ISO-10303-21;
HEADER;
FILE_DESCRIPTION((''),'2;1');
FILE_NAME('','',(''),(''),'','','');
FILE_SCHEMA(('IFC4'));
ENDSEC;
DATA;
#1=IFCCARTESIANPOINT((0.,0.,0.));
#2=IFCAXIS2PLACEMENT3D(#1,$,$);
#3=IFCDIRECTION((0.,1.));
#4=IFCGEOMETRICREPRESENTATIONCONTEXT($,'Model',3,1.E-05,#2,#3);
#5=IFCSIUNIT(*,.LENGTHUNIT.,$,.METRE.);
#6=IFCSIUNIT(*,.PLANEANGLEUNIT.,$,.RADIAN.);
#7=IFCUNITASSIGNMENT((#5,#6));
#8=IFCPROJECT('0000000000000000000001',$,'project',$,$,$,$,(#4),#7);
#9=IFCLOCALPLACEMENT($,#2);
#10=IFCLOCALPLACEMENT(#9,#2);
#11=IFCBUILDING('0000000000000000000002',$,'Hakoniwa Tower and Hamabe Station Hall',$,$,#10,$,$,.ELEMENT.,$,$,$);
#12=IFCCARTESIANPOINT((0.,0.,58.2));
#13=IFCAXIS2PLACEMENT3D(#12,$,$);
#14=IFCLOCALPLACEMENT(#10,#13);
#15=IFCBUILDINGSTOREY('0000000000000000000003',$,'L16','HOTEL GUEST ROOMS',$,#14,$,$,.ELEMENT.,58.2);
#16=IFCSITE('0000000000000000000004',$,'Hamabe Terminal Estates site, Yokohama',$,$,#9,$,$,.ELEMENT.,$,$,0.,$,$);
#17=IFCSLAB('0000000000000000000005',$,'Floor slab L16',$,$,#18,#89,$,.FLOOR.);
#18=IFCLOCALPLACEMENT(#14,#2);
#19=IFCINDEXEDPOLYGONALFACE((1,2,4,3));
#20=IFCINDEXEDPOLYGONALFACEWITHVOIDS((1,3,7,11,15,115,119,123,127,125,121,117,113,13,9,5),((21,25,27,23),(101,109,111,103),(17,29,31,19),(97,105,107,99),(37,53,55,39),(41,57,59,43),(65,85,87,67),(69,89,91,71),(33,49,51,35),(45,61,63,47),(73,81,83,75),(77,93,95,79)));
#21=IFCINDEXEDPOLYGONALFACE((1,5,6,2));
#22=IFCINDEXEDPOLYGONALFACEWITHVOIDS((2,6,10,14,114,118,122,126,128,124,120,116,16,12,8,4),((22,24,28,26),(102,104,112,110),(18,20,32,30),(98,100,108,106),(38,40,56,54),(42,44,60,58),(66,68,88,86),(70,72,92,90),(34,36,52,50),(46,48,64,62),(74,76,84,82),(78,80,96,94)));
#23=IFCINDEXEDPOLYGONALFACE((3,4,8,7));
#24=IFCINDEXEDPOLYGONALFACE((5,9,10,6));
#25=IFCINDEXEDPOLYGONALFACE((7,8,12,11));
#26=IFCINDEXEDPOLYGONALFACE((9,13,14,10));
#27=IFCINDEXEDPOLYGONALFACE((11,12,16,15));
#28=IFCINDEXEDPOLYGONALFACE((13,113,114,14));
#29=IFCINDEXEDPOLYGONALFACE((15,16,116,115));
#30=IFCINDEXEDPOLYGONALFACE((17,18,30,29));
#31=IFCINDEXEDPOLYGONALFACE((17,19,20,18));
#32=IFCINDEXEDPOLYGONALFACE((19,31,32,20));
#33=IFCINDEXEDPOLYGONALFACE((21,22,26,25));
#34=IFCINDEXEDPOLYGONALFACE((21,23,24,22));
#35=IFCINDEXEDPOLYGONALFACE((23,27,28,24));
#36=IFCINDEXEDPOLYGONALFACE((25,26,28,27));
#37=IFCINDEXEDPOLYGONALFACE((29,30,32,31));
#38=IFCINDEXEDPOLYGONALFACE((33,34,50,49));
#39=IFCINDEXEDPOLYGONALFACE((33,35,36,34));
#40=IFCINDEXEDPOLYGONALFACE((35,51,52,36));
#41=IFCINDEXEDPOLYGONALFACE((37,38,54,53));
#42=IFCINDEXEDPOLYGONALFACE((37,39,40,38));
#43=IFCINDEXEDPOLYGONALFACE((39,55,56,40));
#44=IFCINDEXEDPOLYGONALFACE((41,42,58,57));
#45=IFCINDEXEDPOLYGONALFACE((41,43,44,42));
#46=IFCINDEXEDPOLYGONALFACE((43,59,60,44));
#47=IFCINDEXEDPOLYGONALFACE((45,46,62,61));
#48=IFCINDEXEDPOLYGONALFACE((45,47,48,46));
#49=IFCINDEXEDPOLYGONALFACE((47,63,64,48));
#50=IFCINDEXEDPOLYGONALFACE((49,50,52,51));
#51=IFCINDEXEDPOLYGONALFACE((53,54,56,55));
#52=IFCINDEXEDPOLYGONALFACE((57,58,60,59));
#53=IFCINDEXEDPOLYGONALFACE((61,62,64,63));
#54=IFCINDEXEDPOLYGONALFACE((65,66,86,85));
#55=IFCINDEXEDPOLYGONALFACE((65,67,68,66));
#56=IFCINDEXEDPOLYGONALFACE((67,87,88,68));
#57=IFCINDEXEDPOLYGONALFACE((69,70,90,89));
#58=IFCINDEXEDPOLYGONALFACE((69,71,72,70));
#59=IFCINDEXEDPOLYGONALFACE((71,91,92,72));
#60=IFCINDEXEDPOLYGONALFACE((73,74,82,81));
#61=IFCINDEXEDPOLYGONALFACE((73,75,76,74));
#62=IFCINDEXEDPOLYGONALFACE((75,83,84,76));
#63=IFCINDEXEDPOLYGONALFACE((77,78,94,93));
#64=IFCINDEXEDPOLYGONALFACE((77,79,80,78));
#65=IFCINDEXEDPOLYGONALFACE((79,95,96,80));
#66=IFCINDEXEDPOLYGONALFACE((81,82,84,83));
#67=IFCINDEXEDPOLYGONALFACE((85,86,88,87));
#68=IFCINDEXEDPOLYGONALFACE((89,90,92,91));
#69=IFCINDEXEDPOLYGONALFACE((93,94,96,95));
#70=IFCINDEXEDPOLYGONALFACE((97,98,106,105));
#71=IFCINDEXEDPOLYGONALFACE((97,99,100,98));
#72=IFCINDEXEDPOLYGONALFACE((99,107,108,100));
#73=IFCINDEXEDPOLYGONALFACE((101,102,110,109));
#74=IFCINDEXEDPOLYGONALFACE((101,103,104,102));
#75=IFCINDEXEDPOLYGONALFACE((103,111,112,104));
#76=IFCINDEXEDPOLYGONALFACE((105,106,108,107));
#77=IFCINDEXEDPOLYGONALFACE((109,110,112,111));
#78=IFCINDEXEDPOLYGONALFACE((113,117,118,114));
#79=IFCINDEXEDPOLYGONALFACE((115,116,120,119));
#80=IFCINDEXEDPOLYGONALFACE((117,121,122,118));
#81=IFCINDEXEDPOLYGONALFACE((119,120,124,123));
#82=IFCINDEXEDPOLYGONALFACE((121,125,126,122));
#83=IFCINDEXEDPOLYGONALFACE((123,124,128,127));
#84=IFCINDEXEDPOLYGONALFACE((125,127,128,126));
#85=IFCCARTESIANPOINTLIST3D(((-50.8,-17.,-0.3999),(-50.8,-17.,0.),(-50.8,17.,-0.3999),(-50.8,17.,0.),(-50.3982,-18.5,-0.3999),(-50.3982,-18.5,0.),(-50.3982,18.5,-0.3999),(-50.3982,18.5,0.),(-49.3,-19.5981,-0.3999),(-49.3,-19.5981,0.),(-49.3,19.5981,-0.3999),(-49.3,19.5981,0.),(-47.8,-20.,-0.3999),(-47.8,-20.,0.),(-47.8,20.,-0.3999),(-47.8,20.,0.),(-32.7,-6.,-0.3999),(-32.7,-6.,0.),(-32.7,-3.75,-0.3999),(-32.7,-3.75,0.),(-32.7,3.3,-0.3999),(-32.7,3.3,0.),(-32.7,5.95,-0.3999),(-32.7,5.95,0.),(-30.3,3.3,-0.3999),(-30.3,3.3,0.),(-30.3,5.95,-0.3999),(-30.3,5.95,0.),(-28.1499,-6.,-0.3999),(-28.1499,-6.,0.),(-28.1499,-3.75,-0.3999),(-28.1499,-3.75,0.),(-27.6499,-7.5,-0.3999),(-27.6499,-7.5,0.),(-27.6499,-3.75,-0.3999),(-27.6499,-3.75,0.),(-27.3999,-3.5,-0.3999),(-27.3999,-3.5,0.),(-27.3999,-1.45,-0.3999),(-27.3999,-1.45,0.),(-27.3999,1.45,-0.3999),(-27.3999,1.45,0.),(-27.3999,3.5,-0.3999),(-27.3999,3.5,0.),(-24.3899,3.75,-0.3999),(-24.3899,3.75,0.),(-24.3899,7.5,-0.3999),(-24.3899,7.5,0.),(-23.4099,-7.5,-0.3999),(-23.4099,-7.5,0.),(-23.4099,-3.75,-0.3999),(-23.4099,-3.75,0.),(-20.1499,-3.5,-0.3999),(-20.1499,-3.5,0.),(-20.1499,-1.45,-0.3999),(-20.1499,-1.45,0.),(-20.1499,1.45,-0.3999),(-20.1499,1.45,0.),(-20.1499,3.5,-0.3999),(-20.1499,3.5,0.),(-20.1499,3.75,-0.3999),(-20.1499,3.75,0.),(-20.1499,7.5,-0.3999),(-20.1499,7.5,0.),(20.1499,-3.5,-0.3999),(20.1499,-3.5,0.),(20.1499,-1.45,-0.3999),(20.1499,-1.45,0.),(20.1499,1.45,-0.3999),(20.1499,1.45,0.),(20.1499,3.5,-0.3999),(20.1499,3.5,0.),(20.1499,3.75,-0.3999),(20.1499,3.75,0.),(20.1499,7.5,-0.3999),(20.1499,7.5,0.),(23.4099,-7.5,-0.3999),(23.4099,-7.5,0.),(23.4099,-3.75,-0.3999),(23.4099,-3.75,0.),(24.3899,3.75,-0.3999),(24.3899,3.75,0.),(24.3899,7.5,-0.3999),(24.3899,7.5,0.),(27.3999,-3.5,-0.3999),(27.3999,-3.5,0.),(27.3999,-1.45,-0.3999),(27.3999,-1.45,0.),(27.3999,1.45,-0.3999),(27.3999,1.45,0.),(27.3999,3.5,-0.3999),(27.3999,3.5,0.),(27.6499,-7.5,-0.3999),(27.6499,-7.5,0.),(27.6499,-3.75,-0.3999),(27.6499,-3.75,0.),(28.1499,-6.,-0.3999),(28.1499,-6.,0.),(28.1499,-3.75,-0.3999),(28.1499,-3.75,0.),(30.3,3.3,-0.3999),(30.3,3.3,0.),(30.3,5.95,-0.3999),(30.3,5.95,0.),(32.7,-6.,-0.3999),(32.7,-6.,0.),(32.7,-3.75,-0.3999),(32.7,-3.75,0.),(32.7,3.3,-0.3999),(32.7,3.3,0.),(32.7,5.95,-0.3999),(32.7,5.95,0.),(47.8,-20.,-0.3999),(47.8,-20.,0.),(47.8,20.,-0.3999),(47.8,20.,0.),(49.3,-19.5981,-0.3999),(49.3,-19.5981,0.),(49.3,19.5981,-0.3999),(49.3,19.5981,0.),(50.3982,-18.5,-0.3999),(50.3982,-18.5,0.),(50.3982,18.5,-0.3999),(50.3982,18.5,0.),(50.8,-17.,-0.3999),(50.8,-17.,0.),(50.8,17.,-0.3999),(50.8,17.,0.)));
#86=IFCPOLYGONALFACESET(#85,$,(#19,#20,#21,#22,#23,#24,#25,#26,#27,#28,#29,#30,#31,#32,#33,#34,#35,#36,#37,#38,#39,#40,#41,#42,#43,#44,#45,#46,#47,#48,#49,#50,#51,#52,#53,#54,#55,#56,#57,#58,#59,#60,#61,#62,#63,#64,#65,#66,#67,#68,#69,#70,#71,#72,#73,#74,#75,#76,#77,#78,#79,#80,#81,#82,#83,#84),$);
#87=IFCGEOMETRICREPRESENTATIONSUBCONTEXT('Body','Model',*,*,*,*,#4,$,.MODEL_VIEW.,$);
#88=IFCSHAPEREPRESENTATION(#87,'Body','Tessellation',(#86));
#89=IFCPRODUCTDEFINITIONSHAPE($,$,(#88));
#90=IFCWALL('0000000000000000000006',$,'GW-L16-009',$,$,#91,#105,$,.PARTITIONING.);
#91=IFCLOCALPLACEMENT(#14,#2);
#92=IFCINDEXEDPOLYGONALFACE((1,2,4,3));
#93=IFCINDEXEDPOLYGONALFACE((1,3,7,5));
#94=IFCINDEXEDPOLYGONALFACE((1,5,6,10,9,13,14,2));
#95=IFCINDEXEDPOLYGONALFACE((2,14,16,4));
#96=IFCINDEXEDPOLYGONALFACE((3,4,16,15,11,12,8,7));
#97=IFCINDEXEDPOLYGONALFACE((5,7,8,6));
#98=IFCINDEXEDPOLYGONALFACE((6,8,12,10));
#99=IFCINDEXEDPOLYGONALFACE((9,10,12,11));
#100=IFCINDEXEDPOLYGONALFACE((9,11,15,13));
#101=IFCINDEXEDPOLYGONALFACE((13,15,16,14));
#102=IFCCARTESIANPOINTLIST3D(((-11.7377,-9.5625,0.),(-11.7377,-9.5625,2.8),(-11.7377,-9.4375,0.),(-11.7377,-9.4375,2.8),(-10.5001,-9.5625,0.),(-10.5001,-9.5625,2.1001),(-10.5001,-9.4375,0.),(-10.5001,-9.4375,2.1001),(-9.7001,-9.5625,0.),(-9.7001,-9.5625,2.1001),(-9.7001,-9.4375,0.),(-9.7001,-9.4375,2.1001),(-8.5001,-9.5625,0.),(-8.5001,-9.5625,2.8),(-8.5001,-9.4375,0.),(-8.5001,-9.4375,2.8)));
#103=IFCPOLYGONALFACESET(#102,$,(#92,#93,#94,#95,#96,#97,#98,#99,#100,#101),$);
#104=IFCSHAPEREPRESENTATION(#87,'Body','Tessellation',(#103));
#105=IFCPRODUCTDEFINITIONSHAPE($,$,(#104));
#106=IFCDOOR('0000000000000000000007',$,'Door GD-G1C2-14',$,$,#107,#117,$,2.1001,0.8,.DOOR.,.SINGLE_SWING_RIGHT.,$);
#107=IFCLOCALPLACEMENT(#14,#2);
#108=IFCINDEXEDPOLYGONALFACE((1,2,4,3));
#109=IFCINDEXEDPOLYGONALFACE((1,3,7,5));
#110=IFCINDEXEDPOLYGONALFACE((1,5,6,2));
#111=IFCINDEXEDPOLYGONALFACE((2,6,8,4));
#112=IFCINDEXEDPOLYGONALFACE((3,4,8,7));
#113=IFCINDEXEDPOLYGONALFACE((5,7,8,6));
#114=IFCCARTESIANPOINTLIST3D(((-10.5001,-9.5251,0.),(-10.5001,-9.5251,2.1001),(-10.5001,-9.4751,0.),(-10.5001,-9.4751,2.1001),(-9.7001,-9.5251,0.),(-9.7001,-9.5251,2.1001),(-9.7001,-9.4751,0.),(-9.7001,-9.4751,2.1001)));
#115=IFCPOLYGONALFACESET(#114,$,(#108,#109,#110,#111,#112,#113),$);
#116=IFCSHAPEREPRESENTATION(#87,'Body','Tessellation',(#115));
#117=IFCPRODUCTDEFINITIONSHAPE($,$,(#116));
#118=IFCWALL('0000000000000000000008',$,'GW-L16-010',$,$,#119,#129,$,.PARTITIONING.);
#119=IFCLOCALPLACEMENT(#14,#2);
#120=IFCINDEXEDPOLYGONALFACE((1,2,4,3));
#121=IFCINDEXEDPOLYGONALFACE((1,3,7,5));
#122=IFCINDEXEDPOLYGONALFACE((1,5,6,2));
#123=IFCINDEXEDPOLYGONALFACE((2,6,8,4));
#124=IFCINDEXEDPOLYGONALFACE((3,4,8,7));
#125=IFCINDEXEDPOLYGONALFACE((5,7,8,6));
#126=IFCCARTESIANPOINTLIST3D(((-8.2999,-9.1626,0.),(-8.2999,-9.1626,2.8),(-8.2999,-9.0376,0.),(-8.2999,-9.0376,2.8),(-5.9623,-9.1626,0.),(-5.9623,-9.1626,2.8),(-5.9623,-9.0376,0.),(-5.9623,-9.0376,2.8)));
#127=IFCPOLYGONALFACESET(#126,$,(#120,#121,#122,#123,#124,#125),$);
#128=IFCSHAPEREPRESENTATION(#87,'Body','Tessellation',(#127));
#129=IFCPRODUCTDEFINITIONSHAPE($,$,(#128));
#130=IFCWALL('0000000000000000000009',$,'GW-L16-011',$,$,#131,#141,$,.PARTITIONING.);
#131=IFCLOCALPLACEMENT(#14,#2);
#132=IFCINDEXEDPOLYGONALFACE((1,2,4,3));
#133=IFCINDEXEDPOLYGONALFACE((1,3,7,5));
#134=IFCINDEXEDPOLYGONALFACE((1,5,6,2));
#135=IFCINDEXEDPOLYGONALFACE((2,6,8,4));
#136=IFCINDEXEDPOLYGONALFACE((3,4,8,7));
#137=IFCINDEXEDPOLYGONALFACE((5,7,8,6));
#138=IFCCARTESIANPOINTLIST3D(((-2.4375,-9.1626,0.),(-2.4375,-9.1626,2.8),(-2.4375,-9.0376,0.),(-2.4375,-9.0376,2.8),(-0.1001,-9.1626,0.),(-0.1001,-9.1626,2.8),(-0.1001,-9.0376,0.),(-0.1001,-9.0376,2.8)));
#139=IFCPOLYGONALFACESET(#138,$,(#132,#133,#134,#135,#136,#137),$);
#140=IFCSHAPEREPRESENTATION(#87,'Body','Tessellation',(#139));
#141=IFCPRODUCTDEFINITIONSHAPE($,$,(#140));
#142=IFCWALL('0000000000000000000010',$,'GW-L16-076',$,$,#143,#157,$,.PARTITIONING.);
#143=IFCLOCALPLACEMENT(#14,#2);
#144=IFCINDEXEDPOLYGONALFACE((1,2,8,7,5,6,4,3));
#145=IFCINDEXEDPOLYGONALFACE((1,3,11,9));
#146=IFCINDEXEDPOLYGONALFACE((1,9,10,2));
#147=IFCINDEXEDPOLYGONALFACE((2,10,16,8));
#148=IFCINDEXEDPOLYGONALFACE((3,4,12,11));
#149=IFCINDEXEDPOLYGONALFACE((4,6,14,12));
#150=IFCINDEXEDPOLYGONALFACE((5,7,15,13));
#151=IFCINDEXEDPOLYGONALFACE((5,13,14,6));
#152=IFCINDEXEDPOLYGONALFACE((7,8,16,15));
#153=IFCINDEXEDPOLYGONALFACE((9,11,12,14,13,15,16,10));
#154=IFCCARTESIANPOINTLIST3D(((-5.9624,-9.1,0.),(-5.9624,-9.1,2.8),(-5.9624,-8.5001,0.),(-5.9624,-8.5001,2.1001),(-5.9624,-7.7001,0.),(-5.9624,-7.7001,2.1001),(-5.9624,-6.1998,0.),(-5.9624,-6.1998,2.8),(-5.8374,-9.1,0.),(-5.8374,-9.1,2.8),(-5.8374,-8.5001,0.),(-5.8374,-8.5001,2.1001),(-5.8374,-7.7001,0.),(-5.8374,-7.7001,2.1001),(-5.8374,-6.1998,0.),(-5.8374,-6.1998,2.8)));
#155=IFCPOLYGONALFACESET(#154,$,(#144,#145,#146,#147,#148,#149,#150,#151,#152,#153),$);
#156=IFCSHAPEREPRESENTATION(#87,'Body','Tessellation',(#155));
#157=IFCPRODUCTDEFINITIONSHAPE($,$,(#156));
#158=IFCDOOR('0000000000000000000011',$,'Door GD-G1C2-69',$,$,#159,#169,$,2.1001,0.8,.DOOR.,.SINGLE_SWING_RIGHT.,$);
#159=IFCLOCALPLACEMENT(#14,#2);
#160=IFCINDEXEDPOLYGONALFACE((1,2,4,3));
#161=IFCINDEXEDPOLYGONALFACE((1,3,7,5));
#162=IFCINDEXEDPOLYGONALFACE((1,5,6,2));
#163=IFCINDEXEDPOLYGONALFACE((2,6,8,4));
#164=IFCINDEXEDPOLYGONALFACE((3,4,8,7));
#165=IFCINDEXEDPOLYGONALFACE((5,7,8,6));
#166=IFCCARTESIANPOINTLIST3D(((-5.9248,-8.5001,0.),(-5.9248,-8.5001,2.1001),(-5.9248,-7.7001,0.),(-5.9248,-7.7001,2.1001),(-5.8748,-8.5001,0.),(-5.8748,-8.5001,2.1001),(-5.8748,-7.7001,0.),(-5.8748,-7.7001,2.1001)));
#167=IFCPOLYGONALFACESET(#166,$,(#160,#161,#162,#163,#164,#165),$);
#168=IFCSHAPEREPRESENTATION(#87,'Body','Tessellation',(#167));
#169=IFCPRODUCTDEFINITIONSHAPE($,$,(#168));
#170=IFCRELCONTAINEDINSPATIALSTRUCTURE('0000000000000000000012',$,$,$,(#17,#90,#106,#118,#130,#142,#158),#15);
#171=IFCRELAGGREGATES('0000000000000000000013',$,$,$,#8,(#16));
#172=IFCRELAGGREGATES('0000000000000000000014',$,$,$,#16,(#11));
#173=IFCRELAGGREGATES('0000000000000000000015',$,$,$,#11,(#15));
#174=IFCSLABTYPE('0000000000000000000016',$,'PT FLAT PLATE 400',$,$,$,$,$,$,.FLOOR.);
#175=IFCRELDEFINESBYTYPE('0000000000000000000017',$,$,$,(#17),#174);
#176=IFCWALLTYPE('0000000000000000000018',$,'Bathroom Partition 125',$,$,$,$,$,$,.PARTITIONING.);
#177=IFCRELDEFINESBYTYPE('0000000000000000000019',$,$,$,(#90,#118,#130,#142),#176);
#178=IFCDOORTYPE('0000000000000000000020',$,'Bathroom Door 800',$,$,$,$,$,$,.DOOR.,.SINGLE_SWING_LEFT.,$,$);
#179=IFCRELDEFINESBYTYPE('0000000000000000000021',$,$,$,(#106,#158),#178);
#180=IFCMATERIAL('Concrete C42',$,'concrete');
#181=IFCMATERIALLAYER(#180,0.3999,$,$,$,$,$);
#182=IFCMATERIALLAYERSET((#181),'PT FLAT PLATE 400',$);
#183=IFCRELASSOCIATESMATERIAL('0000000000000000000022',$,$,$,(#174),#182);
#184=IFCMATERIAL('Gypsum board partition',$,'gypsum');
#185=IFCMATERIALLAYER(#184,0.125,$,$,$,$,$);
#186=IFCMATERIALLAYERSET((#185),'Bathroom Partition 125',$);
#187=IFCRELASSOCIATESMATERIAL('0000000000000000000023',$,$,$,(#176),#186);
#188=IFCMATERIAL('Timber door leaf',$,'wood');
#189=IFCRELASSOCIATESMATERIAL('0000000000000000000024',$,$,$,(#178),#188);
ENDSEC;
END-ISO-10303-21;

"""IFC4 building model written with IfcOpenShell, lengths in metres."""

from ifc_helpers import new_model, si_unit, direction, frame, frame_2d, origin, place, context, subcontext, project, spatial, polyline, rectangle, outline, extrude, material, layer, layer_set, type_object, element, fill, save


model = new_model("IFC4")

# Units and contexts
model_context = context("Model", 3, precision=1e-05, world=origin(), true_north=direction((0.0, 1.0)))
body_context = subcontext(model_context, "Body", "Model", "MODEL_VIEW")
ifc_project = project(units=[si_unit("LENGTHUNIT", "METRE"), si_unit("PLANEANGLEUNIT", "RADIAN")], contexts=[model_context])

# Site, building, storey
site_placement = place(None, origin())
site = spatial("IfcSite", under=ifc_project, at=site_placement, Name="Hamabe Terminal Estates site, Yokohama", CompositionType="ELEMENT", RefElevation=0.0)
building_placement = place(site_placement, origin())
building = spatial("IfcBuilding", under=site, at=building_placement, Name="Hakoniwa Tower and Hamabe Station Hall", CompositionType="ELEMENT")
storey_placement = place(building_placement, frame((0.0, 0.0, 58.2)))
storey = spatial("IfcBuildingStorey", under=building, at=storey_placement, Name="L16", Description="HOTEL GUEST ROOMS", CompositionType="ELEMENT", Elevation=58.2)

# Slab
ifc_material_1 = material(Name="Concrete C42", Category="concrete")
ifc_layer_1 = layer(ifc_material_1, 0.3999)
ifc_layer_set_1 = layer_set([ifc_layer_1], Name="PT FLAT PLATE 400")
slab_type = type_object("IfcSlabType", Name="PT FLAT PLATE 400", PredefinedType="FLOOR", material=ifc_layer_set_1)
slab_placement = place(storey_placement, frame((0.0, 0.0, -0.3999)))
element("IfcSlab", 1, at=slab_placement, inside=storey, type_object=slab_type, Name="Floor slab L16", PredefinedType="FLOOR", context=body_context, shape_type="SweptSolid", body=[
    extrude(outline(polyline([(50.8, -17.0), (50.8, 17.0), (50.3982, 18.5), (49.3, 19.5981), (47.8, 20.0), (-47.8, 20.0), (-49.3, 19.5981), (-50.3982, 18.5), (-50.8, 17.0), (-50.8, -17.0), (-50.3982, -18.5), (-49.3, -19.5981), (-47.8, -20.0), (47.8, -20.0), (49.3, -19.5981), (50.3982, -18.5), (50.8, -17.0)]), holes=[polyline([(-27.3999, 1.45), (-27.3999, 3.5), (-20.1499, 3.5), (-20.1499, 1.45), (-27.3999, 1.45)]), polyline([(-27.3999, -3.5), (-27.3999, -1.45), (-20.1499, -1.45), (-20.1499, -3.5), (-27.3999, -3.5)]), polyline([(-32.7, 3.3), (-32.7, 5.95), (-30.3, 5.95), (-30.3, 3.3), (-32.7, 3.3)]), polyline([(-32.7, -6.0), (-32.7, -3.75), (-28.1499, -3.75), (-28.1499, -6.0), (-32.7, -6.0)]), polyline([(-24.3899, 3.75), (-24.3899, 7.5), (-20.1499, 7.5), (-20.1499, 3.75), (-24.3899, 3.75)]), polyline([(-27.6499, -7.5), (-27.6499, -3.75), (-23.4099, -3.75), (-23.4099, -7.5), (-27.6499, -7.5)]), polyline([(20.1499, 1.45), (20.1499, 3.5), (27.3999, 3.5), (27.3999, 1.45), (20.1499, 1.45)]), polyline([(20.1499, -3.5), (20.1499, -1.45), (27.3999, -1.45), (27.3999, -3.5), (20.1499, -3.5)]), polyline([(30.3, 3.3), (30.3, 5.95), (32.7, 5.95), (32.7, 3.3), (30.3, 3.3)]), polyline([(28.1499, -6.0), (28.1499, -3.75), (32.7, -3.75), (32.7, -6.0), (28.1499, -6.0)]), polyline([(20.1499, 3.75), (20.1499, 7.5), (24.3899, 7.5), (24.3899, 3.75), (20.1499, 3.75)]), polyline([(23.4099, -7.5), (23.4099, -3.75), (27.6499, -3.75), (27.6499, -7.5), (23.4099, -7.5)])]), origin(), (0.0, 0.0, 1.0), 0.3999),
])

# Wall, opening, door
ifc_material_2 = material(Name="Gypsum board partition", Category="gypsum")
ifc_layer_2 = layer(ifc_material_2, 0.125)
ifc_layer_set_2 = layer_set([ifc_layer_2], Name="Bathroom Partition 125")
wall_type_1 = type_object("IfcWallType", Name="Bathroom Partition 125", PredefinedType="PARTITIONING", material=ifc_layer_set_2)
wall_1_placement = place(storey_placement, frame((-11.7375, -9.5, 0.0), z_axis=(0.0, 0.0, 1.0), x_axis=(1.0, 0.0, 0.0)))
wall_1 = element("IfcWall", 2, at=wall_1_placement, inside=storey, type_object=wall_type_1, Name="GW-L16-009", PredefinedType="PARTITIONING", context=body_context, shape_type="SweptSolid", body=[
    extrude(rectangle(XDim=3.2375, YDim=0.125, at=frame_2d((1.6187, 0.0))), origin(), (0.0, 0.0, 1.0), 2.8),
])
opening_1_placement = place(wall_1_placement, frame((1.2375, 0.0, 0.0)))
opening_1 = element("IfcOpeningElement", 3, at=opening_1_placement, cuts=wall_1, PredefinedType="OPENING", context=body_context, shape_type="SweptSolid", body=[
    extrude(rectangle(XDim=0.8, YDim=2.1001, at=frame_2d((0.3999, 1.05))), frame((0.0, 0.0725, 0.0), z_axis=(0.0, -1.0, 0.0), x_axis=(1.0, 0.0, 0.0)), (0.0, 0.0, 1.0), 0.145),
])
ifc_material_3 = material(Name="Timber door leaf", Category="wood")
door_type = type_object("IfcDoorType", Name="Bathroom Door 800", OperationType="SINGLE_SWING_LEFT", PredefinedType="DOOR", material=ifc_material_3)
door_1_placement = place(opening_1_placement, origin())
door_1 = element("IfcDoor", 4, at=door_1_placement, inside=storey, type_object=door_type, Name="Door GD-G1C2-14", OperationType="SINGLE_SWING_RIGHT", OverallHeight=2.1001, OverallWidth=0.8, PredefinedType="DOOR", context=body_context, shape_type="SweptSolid", body=[
    extrude(rectangle(XDim=0.8, YDim=2.1001, at=frame_2d((0.3999, 1.05))), frame((0.0, 0.0249, 0.0), z_axis=(0.0, -1.0, 0.0), x_axis=(1.0, 0.0, 0.0)), (0.0, 0.0, 1.0), 0.05),
])
fill(opening_1, door_1)

# Walls
wall_2_placement = place(storey_placement, frame((-8.3, -9.1001, 0.0), z_axis=(0.0, 0.0, 1.0), x_axis=(1.0, 0.0, 0.0)))
element("IfcWall", 5, at=wall_2_placement, inside=storey, type_object=wall_type_1, Name="GW-L16-010", PredefinedType="PARTITIONING", context=body_context, shape_type="SweptSolid", body=[
    extrude(rectangle(XDim=2.3376, YDim=0.125, at=frame_2d((1.1689, 0.0))), origin(), (0.0, 0.0, 1.0), 2.8),
])
wall_3_placement = place(storey_placement, frame((-2.4375, -9.1001, 0.0), z_axis=(0.0, 0.0, 1.0), x_axis=(1.0, 0.0, 0.0)))
element("IfcWall", 6, at=wall_3_placement, inside=storey, type_object=wall_type_1, Name="GW-L16-011", PredefinedType="PARTITIONING", context=body_context, shape_type="SweptSolid", body=[
    extrude(rectangle(XDim=2.3374, YDim=0.125, at=frame_2d((1.1687, 0.0))), origin(), (0.0, 0.0, 1.0), 2.8),
])

# Wall, opening, door
wall_4_placement = place(storey_placement, frame((-5.8999, -9.1001, 0.0), z_axis=(0.0, 0.0, 1.0), x_axis=(0.0, 1.0, 0.0)))
wall_4 = element("IfcWall", 7, at=wall_4_placement, inside=storey, type_object=wall_type_1, Name="GW-L16-076", PredefinedType="PARTITIONING", context=body_context, shape_type="SweptSolid", body=[
    extrude(rectangle(XDim=2.9001, YDim=0.125, at=frame_2d((1.4502, 0.0))), origin(), (0.0, 0.0, 1.0), 2.8),
])
opening_2_placement = place(wall_4_placement, frame((0.6001, 0.0, 0.0)))
opening_2 = element("IfcOpeningElement", 8, at=opening_2_placement, cuts=wall_4, PredefinedType="OPENING", context=body_context, shape_type="SweptSolid", body=[
    extrude(rectangle(XDim=0.8, YDim=2.1001, at=frame_2d((0.3999, 1.05))), frame((0.0, 0.0725, 0.0), z_axis=(0.0, -1.0, 0.0), x_axis=(1.0, 0.0, 0.0)), (0.0, 0.0, 1.0), 0.145),
])
door_2_placement = place(opening_2_placement, origin())
door_2 = element("IfcDoor", 9, at=door_2_placement, inside=storey, type_object=door_type, Name="Door GD-G1C2-69", OperationType="SINGLE_SWING_RIGHT", OverallHeight=2.1001, OverallWidth=0.8, PredefinedType="DOOR", context=body_context, shape_type="SweptSolid", body=[
    extrude(rectangle(XDim=0.8, YDim=2.1001, at=frame_2d((0.3999, 1.05))), frame((0.0, 0.0249, 0.0), z_axis=(0.0, -1.0, 0.0), x_axis=(1.0, 0.0, 0.0)), (0.0, 0.0, 1.0), 0.05),
])
fill(opening_2, door_2)

save(model, "model.ifc")
